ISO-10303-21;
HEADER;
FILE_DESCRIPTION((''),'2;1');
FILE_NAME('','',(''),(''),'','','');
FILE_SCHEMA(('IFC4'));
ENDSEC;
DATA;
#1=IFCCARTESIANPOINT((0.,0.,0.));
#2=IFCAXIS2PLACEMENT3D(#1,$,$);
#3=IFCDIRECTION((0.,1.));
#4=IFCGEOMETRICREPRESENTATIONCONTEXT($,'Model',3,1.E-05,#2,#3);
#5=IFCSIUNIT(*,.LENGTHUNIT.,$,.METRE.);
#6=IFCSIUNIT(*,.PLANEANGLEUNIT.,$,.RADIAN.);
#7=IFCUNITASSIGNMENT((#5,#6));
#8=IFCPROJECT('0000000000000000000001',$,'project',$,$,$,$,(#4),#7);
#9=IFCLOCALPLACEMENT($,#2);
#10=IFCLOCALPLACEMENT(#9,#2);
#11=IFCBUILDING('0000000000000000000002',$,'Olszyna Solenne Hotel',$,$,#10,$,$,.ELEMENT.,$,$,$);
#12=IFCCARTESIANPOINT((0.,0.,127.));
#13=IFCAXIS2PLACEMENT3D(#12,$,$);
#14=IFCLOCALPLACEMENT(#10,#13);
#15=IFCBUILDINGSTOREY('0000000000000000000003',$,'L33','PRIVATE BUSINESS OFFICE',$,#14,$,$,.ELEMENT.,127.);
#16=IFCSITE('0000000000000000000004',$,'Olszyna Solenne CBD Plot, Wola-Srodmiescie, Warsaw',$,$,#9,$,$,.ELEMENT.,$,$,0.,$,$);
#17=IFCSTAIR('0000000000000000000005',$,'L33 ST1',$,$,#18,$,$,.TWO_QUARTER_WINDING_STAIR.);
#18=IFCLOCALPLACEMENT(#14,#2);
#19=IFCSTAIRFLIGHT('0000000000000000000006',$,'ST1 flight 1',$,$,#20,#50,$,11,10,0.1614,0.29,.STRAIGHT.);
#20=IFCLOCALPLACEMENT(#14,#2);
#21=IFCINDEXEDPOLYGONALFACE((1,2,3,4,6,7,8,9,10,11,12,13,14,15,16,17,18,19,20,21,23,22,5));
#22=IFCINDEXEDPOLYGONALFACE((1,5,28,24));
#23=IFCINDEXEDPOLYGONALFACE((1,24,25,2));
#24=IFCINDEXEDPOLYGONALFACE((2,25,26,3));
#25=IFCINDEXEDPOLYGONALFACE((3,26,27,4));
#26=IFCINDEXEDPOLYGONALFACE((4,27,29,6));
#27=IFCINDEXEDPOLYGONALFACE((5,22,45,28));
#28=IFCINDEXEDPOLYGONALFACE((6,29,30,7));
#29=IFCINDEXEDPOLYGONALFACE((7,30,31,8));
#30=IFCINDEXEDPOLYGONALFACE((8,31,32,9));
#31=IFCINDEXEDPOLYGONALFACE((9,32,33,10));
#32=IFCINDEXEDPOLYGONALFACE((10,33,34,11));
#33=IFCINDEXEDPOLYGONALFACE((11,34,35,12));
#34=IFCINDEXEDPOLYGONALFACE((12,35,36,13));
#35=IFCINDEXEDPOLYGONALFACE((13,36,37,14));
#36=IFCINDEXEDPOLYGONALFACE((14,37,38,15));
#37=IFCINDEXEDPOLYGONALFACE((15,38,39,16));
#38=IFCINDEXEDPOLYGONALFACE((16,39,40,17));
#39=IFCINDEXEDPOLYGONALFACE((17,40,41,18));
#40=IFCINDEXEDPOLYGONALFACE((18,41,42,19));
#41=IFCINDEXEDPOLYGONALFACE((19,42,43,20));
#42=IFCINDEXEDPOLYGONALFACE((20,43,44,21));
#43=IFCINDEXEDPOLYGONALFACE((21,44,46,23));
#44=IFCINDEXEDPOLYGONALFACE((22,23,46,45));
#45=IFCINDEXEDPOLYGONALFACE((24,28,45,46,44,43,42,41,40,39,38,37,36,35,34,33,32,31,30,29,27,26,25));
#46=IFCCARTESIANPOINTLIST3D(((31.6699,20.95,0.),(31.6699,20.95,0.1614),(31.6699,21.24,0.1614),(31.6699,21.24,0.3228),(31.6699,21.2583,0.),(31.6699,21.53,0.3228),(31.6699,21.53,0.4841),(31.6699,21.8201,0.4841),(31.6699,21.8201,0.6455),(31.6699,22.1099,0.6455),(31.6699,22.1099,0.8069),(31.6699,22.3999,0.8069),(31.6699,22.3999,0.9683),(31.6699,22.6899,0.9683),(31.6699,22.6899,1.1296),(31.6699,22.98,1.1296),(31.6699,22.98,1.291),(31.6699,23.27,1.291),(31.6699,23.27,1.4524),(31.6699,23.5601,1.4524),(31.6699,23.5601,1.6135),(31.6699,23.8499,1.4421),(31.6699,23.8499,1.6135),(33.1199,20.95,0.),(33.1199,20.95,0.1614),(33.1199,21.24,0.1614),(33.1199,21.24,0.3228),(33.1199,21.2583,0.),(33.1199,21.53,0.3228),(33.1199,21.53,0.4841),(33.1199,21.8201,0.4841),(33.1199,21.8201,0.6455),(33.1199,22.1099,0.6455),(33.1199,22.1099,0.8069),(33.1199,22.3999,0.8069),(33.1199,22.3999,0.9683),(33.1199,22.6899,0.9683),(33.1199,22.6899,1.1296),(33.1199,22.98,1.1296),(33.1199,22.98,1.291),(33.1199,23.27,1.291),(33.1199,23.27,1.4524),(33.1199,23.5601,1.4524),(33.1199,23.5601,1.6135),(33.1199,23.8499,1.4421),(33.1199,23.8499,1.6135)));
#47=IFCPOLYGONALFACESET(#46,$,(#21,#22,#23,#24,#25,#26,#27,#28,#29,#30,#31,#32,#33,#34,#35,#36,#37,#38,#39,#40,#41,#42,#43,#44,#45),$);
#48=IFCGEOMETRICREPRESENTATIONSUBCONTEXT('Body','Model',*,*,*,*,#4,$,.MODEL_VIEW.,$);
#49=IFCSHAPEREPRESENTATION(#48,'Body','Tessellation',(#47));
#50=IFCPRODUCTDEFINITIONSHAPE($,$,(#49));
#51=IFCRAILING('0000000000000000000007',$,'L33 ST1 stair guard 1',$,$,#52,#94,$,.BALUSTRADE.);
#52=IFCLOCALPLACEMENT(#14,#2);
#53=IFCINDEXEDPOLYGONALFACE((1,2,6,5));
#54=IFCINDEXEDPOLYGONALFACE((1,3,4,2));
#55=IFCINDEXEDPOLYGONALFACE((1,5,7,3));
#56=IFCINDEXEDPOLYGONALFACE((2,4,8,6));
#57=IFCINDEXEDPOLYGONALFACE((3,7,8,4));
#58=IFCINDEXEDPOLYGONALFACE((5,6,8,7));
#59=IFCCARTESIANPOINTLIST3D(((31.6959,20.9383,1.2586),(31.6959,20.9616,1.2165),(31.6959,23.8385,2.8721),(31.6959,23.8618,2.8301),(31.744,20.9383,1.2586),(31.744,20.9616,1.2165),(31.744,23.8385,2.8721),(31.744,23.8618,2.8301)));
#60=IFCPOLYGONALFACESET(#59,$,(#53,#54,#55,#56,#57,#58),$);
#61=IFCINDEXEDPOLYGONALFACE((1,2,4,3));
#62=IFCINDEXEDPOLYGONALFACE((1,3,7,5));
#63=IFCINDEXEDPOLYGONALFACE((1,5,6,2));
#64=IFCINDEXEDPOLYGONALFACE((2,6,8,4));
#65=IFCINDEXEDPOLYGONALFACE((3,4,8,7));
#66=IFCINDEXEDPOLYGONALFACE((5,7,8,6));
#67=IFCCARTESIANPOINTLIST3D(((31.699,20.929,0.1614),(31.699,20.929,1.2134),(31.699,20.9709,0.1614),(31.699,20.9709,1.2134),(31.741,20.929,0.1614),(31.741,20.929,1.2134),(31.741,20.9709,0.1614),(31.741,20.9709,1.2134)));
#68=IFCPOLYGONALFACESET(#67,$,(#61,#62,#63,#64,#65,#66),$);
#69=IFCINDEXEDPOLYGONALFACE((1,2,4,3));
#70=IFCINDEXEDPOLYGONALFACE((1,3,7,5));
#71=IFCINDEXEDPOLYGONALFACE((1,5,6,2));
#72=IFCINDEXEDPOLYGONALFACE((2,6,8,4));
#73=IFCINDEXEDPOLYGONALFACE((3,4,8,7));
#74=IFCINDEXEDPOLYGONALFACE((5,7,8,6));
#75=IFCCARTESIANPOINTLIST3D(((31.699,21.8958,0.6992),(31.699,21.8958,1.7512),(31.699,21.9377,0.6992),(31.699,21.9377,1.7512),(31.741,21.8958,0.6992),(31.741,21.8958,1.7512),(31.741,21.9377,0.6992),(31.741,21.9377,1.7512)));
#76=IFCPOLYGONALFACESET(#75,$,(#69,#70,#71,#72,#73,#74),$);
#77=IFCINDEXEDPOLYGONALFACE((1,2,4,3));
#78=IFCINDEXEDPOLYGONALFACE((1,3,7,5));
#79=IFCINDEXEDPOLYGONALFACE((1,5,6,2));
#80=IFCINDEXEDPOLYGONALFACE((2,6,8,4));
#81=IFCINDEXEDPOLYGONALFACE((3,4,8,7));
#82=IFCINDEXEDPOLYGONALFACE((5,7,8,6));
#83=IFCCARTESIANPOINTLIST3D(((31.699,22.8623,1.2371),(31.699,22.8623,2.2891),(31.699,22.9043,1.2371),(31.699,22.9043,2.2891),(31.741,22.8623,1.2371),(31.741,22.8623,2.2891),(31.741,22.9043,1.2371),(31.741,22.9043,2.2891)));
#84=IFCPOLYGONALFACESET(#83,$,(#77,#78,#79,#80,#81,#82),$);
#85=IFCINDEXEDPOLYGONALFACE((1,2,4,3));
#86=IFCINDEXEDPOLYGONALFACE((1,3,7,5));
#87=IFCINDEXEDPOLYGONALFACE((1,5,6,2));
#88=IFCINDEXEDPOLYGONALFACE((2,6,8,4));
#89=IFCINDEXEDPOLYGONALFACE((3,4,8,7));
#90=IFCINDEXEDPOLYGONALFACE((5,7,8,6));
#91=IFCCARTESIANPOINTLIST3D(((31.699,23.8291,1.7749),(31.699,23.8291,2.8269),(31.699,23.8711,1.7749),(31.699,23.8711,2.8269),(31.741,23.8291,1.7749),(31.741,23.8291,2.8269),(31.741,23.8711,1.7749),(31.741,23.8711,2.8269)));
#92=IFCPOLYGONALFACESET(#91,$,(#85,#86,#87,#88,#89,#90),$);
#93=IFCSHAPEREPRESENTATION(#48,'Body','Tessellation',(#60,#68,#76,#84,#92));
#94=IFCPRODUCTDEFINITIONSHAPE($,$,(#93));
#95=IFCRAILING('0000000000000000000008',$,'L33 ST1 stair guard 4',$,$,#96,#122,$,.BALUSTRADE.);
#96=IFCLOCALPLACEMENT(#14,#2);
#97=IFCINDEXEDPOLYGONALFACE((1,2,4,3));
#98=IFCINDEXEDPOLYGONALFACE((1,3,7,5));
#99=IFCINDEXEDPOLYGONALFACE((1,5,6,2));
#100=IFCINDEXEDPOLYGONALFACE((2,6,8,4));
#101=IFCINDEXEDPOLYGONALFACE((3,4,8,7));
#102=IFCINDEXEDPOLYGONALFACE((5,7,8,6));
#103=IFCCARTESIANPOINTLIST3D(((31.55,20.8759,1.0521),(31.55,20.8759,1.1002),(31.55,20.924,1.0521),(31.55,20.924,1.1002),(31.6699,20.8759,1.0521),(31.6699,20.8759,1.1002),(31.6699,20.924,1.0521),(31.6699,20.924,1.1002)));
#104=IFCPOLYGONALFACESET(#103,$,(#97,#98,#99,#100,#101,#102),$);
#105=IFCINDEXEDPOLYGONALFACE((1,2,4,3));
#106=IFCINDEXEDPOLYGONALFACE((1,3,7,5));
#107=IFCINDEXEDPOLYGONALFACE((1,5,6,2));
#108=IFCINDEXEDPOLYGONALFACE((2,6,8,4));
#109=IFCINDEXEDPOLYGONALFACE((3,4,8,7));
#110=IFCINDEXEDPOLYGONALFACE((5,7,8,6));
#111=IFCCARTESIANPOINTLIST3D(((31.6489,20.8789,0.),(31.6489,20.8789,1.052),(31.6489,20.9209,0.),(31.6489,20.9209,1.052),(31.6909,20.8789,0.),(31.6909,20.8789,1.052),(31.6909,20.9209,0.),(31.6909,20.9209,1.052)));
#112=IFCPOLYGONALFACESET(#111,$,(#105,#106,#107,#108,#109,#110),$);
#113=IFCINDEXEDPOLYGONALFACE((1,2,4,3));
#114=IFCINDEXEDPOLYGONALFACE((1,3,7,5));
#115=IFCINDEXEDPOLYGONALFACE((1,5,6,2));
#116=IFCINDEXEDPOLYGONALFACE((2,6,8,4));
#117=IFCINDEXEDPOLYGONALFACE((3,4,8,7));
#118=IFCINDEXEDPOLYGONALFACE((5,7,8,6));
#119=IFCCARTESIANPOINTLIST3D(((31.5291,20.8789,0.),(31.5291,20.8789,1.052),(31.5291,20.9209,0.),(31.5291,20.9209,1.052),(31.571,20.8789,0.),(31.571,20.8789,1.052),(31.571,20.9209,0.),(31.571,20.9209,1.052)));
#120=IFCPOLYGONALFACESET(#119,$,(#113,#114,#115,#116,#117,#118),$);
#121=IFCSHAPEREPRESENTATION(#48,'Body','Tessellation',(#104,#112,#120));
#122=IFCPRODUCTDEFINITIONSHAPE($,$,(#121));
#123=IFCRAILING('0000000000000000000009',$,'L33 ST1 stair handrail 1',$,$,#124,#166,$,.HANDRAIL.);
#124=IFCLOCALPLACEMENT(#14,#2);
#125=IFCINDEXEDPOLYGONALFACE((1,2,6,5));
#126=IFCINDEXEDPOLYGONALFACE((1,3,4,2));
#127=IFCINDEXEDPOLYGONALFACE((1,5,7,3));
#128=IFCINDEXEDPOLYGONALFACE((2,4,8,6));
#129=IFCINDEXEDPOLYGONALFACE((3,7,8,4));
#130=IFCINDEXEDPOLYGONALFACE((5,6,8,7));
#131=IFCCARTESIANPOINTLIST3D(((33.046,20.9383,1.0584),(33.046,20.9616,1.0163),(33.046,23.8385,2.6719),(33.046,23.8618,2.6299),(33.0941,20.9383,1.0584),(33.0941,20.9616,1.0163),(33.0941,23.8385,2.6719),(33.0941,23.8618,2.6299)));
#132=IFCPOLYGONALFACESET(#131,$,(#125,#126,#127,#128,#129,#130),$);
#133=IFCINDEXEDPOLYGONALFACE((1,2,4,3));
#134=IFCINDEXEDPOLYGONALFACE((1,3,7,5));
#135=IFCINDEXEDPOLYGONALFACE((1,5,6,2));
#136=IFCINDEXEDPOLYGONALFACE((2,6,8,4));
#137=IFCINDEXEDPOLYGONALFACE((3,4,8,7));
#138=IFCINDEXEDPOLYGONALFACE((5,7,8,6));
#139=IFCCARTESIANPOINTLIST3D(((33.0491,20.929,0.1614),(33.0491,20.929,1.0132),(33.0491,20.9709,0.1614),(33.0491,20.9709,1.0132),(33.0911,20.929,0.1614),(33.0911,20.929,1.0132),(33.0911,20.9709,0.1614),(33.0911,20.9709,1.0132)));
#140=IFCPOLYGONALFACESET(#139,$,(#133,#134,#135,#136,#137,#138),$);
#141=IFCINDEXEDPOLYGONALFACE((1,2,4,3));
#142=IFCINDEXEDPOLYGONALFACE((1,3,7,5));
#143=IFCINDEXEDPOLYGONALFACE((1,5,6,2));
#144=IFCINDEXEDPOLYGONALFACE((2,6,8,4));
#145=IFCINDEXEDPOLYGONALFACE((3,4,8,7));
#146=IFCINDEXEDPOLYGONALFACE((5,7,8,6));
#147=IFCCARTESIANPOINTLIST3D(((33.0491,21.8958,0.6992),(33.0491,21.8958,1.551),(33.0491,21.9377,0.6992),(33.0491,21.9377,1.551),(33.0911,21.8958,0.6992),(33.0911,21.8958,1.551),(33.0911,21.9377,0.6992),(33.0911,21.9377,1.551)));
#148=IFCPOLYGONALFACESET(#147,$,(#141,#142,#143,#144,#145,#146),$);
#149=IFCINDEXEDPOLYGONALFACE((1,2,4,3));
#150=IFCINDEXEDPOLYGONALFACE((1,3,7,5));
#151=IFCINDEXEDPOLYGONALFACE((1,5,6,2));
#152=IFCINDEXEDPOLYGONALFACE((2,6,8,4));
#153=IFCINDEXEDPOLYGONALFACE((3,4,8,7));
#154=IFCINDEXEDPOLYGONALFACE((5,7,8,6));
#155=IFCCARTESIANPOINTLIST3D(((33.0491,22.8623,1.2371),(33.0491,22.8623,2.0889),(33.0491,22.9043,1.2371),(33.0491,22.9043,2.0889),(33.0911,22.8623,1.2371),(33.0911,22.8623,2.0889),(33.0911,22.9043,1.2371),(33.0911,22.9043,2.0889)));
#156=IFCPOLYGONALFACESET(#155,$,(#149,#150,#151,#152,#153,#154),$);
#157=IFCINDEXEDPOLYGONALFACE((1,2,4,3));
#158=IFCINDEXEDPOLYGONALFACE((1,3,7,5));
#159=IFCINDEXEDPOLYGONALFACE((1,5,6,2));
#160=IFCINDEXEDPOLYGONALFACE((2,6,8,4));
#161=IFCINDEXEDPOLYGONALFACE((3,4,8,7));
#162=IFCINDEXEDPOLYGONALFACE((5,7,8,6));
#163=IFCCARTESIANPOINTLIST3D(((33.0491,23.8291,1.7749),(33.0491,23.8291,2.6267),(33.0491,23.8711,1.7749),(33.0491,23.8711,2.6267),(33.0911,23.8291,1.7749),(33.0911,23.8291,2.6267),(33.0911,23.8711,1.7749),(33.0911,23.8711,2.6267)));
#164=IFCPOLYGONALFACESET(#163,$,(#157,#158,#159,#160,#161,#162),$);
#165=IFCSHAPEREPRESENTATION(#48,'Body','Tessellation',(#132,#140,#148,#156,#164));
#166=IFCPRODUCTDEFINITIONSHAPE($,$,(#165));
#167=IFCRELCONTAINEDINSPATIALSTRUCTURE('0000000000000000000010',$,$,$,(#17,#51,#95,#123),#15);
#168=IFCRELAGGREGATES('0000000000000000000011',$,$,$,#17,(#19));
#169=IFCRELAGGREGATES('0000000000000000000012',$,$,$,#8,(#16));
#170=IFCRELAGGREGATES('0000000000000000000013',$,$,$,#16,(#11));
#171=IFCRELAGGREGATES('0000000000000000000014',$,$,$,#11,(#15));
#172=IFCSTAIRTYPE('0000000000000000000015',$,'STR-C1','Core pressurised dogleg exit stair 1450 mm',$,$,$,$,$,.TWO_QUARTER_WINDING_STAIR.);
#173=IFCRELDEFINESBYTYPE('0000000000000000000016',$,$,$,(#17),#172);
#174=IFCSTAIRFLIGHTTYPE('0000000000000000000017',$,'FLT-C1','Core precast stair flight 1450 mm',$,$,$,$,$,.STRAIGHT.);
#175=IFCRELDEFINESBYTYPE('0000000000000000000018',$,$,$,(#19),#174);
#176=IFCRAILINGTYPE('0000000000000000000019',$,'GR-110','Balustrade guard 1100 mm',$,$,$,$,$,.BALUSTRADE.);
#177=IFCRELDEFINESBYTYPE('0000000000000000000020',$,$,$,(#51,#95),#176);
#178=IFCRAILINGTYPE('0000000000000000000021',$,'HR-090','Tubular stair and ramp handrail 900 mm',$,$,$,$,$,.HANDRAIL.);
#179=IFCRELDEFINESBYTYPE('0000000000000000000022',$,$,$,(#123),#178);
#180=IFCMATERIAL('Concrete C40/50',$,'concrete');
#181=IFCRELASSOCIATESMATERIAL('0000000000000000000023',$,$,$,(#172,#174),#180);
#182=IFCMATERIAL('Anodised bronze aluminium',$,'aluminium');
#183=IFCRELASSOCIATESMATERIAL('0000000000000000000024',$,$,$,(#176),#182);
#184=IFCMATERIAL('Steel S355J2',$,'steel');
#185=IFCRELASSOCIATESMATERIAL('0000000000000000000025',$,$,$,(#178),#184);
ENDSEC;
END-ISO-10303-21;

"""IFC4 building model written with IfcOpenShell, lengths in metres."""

from ifc_helpers import new_model, si_unit, direction, frame, origin, origin_2d, place, context, subcontext, project, spatial, polyline, rectangle, outline, extrude, material, type_object, element, aggregate, save


model = new_model("IFC4")

# Units and contexts
model_context = context("Model", 3, precision=1e-05, world=origin(), true_north=direction((0.0, 1.0)))
body_context = subcontext(model_context, "Body", "Model", "MODEL_VIEW")
ifc_project = project(units=[si_unit("LENGTHUNIT", "METRE"), si_unit("PLANEANGLEUNIT", "RADIAN")], contexts=[model_context])

# Site, building, storey
site_placement = place(None, origin())
site = spatial("IfcSite", under=ifc_project, at=site_placement, Name="Olszyna Solenne CBD Plot, Wola-Srodmiescie, Warsaw", CompositionType="ELEMENT", RefElevation=0.0)
building_placement = place(site_placement, origin())
building = spatial("IfcBuilding", under=site, at=building_placement, Name="Olszyna Solenne Hotel", CompositionType="ELEMENT")
storey_placement = place(building_placement, frame((0.0, 0.0, 127.0)))
storey = spatial("IfcBuildingStorey", under=building, at=storey_placement, Name="L33", Description="PRIVATE BUSINESS OFFICE", CompositionType="ELEMENT", Elevation=127.0)

# Shared definitions
ifc_material_1 = material(Name="Anodised bronze aluminium", Category="aluminium")

# Shared definitions
ifc_material_2 = material(Name="Steel S355J2", Category="steel")

# Stair, stair flight
ifc_material_3 = material(Name="Concrete C40/50", Category="concrete")
stair_type = type_object("IfcStairType", Name="STR-C1", Description="Core pressurised dogleg exit stair 1450 mm", PredefinedType="TWO_QUARTER_WINDING_STAIR", material=ifc_material_3)
stair_placement = place(storey_placement, origin())
stair = element("IfcStair", 1, at=stair_placement, inside=storey, type_object=stair_type, Name="L33 ST1", PredefinedType="TWO_QUARTER_WINDING_STAIR")
stair_flight_type = type_object("IfcStairFlightType", Name="FLT-C1", Description="Core precast stair flight 1450 mm", PredefinedType="STRAIGHT", material=ifc_material_3)
stair_flight_placement = place(storey_placement, frame((32.395, 20.95, 0.0), z_axis=(0.0, 0.0, 1.0), x_axis=(0.0, 1.0, 0.0)))
stair_flight = element("IfcStairFlight", 2, at=stair_flight_placement, type_object=stair_flight_type, Name="ST1 flight 1", NumberOfRisers=11, NumberOfTreads=10, PredefinedType="STRAIGHT", RiserHeight=0.1614, TreadLength=0.29, context=body_context, shape_type="SweptSolid", body=[
    extrude(outline(polyline([(0.0, 0.0), (0.0, 0.1614), (0.29, 0.1614), (0.29, 0.3228), (0.5801, 0.3228), (0.5801, 0.4841), (0.8701, 0.4841), (0.8701, 0.6455), (1.1599, 0.6455), (1.1599, 0.8069), (1.45, 0.8069), (1.45, 0.9683), (1.74, 0.9683), (1.74, 1.1296), (2.03, 1.1296), (2.03, 1.291), (2.3201, 1.291), (2.3201, 1.4524), (2.6101, 1.4524), (2.6101, 1.6135), (2.8999, 1.6135), (2.8999, 1.7749), (2.8999, 1.4421), (0.3083, 0.0), (0.0, 0.0)])), frame((0.0, 0.7251, 0.0), z_axis=(0.0, -1.0, 0.0), x_axis=(1.0, 0.0, 0.0)), (0.0, 0.0, 1.0), 1.45),
])
aggregate(stair, [stair_flight])

# Railings
railing_type_1 = type_object("IfcRailingType", Name="GR-110", Description="Balustrade guard 1100 mm", PredefinedType="BALUSTRADE", material=ifc_material_1)
railing_1_placement = place(storey_placement, frame((31.72, 20.95, 0.1614)))
element("IfcRailing", 3, at=railing_1_placement, inside=storey, type_object=railing_type_1, Name="L33 ST1 stair guard 1", PredefinedType="BALUSTRADE", context=body_context, shape_type="SweptSolid", body=[
    extrude(rectangle(XDim=0.0481, YDim=0.0481, at=origin_2d()), frame((0.0, 0.0, 1.0762), z_axis=(0.0, 0.873859, 0.48618), x_axis=(-1.0, 0.0, 0.0)), (0.0, 0.0, 1.0), 3.3188),
    extrude(rectangle(XDim=0.042, YDim=0.042, at=origin_2d()), origin(), (0.0, 0.0, 1.0), 1.052),
    extrude(rectangle(XDim=0.042, YDim=0.042, at=origin_2d()), frame((0.0, 0.9668, 0.5378)), (0.0, 0.0, 1.0), 1.052),
    extrude(rectangle(XDim=0.042, YDim=0.042, at=origin_2d()), frame((0.0, 1.9333, 1.0757)), (0.0, 0.0, 1.0), 1.052),
    extrude(rectangle(XDim=0.042, YDim=0.042, at=origin_2d()), frame((0.0, 2.9001, 1.6135)), (0.0, 0.0, 1.0), 1.052),
])
railing_2_placement = place(storey_placement, frame((31.6699, 20.8999, 0.0)))
element("IfcRailing", 4, at=railing_2_placement, inside=storey, type_object=railing_type_1, Name="L33 ST1 stair guard 4", PredefinedType="BALUSTRADE", context=body_context, shape_type="SweptSolid", body=[
    extrude(rectangle(XDim=0.0481, YDim=0.0481, at=origin_2d()), frame((0.0, 0.0, 1.0762), z_axis=(-1.0, 0.0, 0.0), x_axis=(0.0, -1.0, 0.0)), (0.0, 0.0, 1.0), 0.1199),
    extrude(rectangle(XDim=0.042, YDim=0.042, at=origin_2d()), origin(), (0.0, 0.0, 1.0), 1.052),
    extrude(rectangle(XDim=0.042, YDim=0.042, at=origin_2d()), frame((-0.1199, 0.0, 0.0)), (0.0, 0.0, 1.0), 1.052),
])
railing_type_2 = type_object("IfcRailingType", Name="HR-090", Description="Tubular stair and ramp handrail 900 mm", PredefinedType="HANDRAIL", material=ifc_material_2)
railing_3_placement = place(storey_placement, frame((33.0701, 20.95, 0.1614)))
element("IfcRailing", 5, at=railing_3_placement, inside=storey, type_object=railing_type_2, Name="L33 ST1 stair handrail 1", PredefinedType="HANDRAIL", context=body_context, shape_type="SweptSolid", body=[
    extrude(rectangle(XDim=0.0481, YDim=0.0481, at=origin_2d()), frame((0.0, 0.0, 0.876), z_axis=(0.0, 0.873859, 0.48618), x_axis=(-1.0, 0.0, 0.0)), (0.0, 0.0, 1.0), 3.3188),
    extrude(rectangle(XDim=0.042, YDim=0.042, at=origin_2d()), origin(), (0.0, 0.0, 1.0), 0.8518),
    extrude(rectangle(XDim=0.042, YDim=0.042, at=origin_2d()), frame((0.0, 0.9668, 0.5378)), (0.0, 0.0, 1.0), 0.8518),
    extrude(rectangle(XDim=0.042, YDim=0.042, at=origin_2d()), frame((0.0, 1.9333, 1.0757)), (0.0, 0.0, 1.0), 0.8518),
    extrude(rectangle(XDim=0.042, YDim=0.042, at=origin_2d()), frame((0.0, 2.9001, 1.6135)), (0.0, 0.0, 1.0), 0.8518),
])

save(model, "model.ifc")
